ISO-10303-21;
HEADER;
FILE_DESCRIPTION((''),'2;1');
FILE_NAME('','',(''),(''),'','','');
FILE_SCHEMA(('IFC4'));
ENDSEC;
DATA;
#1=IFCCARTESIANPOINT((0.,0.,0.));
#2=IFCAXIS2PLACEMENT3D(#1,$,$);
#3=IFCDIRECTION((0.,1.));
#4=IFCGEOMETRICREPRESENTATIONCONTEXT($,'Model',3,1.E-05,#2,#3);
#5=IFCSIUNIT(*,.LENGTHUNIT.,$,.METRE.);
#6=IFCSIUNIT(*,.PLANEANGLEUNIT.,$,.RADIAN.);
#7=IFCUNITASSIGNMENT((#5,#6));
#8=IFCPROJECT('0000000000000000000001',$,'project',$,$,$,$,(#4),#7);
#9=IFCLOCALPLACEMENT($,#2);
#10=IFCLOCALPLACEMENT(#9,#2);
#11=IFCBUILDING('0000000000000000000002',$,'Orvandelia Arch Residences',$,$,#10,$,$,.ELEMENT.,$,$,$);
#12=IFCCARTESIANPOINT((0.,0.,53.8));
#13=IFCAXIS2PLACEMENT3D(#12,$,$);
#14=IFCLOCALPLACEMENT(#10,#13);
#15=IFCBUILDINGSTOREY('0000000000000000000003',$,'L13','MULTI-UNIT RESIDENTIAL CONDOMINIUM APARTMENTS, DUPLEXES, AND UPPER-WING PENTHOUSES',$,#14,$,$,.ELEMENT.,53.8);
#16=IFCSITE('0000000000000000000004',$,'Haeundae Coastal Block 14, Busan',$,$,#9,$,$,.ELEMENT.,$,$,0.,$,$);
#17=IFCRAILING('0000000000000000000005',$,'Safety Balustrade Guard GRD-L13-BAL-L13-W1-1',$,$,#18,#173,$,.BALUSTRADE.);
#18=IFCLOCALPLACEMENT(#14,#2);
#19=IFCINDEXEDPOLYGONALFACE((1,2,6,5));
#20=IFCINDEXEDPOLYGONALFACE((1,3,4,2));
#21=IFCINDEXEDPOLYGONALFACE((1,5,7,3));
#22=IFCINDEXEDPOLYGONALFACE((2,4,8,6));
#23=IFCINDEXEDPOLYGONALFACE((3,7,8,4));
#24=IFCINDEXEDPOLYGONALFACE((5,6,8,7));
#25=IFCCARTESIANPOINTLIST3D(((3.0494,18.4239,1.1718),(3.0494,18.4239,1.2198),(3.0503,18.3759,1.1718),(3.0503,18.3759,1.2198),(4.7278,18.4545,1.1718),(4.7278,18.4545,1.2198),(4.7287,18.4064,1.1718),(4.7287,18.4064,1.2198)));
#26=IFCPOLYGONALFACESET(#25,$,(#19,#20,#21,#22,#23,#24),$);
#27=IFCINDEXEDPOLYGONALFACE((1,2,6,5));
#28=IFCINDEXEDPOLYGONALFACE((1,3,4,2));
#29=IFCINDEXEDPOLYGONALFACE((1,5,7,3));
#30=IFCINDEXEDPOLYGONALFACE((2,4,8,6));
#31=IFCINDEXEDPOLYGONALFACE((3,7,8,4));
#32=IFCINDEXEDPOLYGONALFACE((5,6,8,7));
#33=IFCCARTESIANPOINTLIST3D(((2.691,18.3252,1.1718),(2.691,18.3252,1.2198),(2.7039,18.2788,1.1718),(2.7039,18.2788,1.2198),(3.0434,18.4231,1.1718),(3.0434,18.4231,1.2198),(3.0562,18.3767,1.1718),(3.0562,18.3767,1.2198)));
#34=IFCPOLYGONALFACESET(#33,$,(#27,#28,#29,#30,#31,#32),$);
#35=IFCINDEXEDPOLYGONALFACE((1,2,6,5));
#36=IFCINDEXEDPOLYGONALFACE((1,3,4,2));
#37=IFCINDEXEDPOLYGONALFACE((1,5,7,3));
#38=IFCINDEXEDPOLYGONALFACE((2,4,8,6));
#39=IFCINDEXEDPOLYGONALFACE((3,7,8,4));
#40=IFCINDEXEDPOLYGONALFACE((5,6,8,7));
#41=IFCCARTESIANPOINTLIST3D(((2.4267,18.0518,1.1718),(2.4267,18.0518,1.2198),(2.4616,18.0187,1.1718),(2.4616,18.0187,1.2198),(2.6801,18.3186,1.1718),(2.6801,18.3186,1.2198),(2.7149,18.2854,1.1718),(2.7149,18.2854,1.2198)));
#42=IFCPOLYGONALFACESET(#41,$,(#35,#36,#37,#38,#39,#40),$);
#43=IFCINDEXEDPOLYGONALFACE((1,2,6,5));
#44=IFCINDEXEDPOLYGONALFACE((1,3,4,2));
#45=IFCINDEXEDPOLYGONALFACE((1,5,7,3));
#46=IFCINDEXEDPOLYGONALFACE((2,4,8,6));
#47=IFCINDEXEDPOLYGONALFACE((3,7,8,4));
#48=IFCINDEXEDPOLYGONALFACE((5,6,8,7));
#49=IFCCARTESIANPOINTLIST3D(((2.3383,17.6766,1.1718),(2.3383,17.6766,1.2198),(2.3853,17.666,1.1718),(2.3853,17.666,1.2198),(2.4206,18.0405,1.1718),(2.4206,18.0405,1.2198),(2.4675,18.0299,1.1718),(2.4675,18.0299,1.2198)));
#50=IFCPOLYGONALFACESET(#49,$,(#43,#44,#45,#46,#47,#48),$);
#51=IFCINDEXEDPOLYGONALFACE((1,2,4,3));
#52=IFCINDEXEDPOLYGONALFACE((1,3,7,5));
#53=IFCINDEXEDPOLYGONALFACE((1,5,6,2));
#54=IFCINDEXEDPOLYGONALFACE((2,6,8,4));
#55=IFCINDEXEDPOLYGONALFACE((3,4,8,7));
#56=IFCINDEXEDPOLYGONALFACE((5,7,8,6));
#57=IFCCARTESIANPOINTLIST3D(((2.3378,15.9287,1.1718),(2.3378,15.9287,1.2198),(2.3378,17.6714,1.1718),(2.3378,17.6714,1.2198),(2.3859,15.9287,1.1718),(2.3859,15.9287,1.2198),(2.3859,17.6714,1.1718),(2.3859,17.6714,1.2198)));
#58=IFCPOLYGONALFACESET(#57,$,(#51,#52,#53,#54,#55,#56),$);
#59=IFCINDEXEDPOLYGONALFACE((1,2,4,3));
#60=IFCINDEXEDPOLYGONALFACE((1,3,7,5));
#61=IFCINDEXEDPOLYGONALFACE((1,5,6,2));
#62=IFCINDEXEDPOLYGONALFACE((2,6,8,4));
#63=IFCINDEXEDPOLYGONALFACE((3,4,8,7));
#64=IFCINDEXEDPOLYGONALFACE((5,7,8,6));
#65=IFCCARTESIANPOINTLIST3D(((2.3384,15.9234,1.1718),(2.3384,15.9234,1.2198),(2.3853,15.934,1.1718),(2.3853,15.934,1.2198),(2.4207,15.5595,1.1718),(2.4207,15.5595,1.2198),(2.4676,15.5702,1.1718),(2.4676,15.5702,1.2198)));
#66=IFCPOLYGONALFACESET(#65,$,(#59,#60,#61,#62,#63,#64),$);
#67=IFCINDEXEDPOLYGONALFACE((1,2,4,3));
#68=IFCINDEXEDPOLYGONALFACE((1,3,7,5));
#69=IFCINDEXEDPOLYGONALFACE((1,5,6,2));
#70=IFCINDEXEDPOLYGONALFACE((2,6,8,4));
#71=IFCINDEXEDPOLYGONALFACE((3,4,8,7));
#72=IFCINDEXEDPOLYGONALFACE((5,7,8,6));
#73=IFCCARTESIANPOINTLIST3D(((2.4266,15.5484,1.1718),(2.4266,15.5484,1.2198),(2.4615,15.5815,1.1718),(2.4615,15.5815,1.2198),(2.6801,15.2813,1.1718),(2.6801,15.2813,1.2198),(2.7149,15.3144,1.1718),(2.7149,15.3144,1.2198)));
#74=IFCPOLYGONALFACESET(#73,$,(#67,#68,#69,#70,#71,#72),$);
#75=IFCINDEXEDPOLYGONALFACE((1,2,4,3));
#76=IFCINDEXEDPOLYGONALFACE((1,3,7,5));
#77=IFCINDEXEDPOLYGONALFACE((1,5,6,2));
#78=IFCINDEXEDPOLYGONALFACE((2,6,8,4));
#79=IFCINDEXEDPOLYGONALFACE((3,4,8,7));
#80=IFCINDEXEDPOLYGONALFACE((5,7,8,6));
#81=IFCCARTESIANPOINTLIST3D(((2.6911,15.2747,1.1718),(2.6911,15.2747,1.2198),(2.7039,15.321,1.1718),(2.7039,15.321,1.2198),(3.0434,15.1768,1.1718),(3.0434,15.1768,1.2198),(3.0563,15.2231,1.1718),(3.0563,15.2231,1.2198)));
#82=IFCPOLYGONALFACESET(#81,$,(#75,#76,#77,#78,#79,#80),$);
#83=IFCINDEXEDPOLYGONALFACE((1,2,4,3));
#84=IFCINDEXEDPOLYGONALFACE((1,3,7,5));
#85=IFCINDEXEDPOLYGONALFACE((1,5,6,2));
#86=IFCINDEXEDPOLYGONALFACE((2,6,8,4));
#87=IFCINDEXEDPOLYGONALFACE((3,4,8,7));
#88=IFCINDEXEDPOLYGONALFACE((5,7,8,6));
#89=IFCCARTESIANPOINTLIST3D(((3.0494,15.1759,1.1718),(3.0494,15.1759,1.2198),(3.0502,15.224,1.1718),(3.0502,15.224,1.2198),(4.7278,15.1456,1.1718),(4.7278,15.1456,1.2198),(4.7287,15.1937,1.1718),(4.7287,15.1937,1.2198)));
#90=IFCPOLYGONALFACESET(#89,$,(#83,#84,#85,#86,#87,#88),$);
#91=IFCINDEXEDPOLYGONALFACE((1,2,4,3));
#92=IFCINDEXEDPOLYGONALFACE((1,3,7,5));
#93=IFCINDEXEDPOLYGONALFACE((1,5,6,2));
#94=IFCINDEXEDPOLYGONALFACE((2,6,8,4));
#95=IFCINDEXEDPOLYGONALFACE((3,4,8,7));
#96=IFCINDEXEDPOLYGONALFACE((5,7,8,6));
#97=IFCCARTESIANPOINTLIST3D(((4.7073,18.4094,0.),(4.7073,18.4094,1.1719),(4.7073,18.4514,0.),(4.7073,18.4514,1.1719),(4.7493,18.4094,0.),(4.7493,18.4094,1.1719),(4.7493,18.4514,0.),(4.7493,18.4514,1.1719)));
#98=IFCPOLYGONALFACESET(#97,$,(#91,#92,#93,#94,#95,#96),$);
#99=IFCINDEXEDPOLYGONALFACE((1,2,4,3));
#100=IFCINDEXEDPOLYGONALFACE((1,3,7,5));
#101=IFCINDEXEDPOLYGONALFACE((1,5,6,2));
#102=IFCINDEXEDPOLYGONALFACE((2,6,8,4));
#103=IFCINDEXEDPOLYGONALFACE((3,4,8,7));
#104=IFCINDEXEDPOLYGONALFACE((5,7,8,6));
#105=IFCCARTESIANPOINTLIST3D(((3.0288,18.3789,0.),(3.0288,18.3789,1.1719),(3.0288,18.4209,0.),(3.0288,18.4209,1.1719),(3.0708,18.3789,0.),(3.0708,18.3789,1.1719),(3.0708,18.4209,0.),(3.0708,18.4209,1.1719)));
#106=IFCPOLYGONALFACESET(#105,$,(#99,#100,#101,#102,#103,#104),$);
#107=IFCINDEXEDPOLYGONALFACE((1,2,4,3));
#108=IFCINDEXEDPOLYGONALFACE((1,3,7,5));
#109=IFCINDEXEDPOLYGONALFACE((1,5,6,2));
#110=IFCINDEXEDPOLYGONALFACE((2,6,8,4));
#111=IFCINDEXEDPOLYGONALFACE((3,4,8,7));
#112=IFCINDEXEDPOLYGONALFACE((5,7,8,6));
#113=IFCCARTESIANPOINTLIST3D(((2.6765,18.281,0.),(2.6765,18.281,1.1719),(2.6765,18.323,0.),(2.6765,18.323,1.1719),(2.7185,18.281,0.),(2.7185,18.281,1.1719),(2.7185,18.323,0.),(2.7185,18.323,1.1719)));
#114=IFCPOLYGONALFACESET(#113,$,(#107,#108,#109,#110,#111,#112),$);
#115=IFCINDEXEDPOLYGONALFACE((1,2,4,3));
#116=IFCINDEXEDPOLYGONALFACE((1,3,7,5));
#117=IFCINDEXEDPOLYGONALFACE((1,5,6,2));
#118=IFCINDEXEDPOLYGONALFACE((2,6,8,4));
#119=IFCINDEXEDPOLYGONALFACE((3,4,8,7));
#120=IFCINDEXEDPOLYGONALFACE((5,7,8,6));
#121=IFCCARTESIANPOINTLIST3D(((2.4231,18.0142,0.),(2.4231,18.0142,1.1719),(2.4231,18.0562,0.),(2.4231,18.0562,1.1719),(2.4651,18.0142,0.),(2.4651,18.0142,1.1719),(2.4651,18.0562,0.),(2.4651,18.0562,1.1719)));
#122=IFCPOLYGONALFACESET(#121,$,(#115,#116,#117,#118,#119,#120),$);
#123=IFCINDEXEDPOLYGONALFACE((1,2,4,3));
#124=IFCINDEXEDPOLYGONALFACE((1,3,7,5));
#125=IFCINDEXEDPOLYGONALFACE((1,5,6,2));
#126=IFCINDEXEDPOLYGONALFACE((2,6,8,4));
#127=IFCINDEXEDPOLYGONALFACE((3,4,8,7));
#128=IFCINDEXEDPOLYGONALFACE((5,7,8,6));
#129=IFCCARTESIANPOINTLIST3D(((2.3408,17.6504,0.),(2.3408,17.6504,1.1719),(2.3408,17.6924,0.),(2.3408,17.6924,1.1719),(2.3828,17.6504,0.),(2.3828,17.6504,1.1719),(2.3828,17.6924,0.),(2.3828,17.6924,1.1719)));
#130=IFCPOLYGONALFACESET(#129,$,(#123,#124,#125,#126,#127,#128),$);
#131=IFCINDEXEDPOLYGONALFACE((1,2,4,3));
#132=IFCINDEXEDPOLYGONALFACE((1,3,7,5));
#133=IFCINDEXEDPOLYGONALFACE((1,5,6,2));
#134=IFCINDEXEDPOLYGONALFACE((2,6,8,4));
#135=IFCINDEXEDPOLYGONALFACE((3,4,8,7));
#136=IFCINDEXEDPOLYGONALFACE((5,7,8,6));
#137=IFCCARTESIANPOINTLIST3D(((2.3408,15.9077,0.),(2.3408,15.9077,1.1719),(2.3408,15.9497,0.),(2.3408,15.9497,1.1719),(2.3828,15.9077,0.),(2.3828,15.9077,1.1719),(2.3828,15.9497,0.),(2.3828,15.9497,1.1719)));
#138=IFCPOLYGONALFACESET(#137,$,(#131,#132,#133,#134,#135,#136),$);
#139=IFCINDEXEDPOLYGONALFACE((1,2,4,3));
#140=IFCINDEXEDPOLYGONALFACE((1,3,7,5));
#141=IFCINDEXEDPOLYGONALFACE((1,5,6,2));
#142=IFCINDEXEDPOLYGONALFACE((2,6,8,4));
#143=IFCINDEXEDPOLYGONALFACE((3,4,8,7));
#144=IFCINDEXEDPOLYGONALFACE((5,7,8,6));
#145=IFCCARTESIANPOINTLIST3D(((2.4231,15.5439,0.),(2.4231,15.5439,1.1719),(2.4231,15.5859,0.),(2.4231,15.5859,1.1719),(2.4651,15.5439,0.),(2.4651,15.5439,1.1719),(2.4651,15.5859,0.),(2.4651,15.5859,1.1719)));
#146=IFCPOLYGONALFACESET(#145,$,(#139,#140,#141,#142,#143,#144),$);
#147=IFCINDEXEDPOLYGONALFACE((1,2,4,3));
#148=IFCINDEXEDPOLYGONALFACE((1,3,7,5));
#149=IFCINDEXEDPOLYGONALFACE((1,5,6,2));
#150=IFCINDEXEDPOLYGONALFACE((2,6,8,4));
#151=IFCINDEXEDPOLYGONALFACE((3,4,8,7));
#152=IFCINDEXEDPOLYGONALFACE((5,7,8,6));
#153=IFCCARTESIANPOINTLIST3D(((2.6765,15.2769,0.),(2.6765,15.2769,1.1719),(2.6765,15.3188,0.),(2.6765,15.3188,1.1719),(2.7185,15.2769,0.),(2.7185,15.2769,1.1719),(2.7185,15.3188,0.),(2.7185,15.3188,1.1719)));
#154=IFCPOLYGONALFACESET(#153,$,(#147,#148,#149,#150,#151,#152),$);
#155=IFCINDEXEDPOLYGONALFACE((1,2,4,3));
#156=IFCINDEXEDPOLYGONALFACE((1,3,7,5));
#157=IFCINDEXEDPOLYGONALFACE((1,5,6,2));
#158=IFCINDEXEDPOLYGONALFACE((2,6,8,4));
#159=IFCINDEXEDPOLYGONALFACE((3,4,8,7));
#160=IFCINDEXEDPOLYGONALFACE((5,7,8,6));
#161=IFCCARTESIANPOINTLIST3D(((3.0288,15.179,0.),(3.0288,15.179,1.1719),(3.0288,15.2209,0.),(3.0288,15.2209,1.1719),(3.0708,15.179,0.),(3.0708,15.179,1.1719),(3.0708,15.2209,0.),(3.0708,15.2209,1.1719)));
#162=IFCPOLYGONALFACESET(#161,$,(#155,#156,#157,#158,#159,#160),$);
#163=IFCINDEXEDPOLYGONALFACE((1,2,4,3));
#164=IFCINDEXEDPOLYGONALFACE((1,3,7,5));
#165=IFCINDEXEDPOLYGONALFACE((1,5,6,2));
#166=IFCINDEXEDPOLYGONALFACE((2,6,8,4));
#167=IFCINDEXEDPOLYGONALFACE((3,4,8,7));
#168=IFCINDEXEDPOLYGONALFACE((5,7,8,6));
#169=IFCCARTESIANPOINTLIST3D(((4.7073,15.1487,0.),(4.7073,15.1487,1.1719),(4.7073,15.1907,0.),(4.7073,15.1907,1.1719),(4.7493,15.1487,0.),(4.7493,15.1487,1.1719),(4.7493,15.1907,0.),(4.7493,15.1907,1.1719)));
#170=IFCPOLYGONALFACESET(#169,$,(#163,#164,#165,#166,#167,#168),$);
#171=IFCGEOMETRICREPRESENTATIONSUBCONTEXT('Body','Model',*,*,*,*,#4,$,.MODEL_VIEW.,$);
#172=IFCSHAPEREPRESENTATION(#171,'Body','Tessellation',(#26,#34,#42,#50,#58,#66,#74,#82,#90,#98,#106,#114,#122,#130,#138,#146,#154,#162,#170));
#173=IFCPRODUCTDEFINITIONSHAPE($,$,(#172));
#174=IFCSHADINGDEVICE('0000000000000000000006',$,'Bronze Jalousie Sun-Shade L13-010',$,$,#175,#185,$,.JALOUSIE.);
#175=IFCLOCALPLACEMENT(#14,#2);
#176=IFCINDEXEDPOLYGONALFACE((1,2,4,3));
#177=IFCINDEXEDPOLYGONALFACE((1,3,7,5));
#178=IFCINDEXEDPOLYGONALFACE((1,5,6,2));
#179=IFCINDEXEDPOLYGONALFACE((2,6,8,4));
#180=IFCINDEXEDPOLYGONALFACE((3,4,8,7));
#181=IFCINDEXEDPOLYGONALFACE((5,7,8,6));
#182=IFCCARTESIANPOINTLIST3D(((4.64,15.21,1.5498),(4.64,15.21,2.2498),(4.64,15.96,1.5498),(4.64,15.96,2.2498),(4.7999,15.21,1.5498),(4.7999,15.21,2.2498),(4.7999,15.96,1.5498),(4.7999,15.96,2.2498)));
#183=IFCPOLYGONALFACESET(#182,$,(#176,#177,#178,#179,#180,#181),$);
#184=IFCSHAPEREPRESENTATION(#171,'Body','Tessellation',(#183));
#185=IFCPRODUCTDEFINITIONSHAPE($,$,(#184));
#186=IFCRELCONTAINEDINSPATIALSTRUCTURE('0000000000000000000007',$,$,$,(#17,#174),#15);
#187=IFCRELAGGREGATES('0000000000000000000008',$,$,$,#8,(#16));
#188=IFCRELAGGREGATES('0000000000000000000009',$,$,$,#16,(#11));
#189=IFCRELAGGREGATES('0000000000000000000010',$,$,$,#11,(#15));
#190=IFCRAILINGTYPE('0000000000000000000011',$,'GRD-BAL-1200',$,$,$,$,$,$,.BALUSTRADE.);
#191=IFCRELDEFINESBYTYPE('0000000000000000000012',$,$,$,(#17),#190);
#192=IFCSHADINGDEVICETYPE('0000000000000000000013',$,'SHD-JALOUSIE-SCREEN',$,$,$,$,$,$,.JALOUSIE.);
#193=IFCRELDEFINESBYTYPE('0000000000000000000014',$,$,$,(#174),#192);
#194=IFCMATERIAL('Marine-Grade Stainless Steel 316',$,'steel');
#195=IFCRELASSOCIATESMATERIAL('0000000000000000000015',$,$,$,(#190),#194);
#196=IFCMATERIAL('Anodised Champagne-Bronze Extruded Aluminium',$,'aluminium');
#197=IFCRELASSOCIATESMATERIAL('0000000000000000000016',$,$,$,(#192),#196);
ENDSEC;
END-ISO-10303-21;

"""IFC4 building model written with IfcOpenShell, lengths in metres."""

from ifc_helpers import new_model, si_unit, direction, frame, origin, origin_2d, place, context, subcontext, project, spatial, rectangle, extrude, material, type_object, element, save


model = new_model("IFC4")

# Units and contexts
model_context = context("Model", 3, precision=1e-05, world=origin(), true_north=direction((0.0, 1.0)))
body_context = subcontext(model_context, "Body", "Model", "MODEL_VIEW")
ifc_project = project(units=[si_unit("LENGTHUNIT", "METRE"), si_unit("PLANEANGLEUNIT", "RADIAN")], contexts=[model_context])

# Site, building, storey
site_placement = place(None, origin())
site = spatial("IfcSite", under=ifc_project, at=site_placement, Name="Haeundae Coastal Block 14, Busan", CompositionType="ELEMENT", RefElevation=0.0)
building_placement = place(site_placement, origin())
building = spatial("IfcBuilding", under=site, at=building_placement, Name="Orvandelia Arch Residences", CompositionType="ELEMENT")
storey_placement = place(building_placement, frame((0.0, 0.0, 53.8)))
storey = spatial("IfcBuildingStorey", under=building, at=storey_placement, Name="L13", Description="MULTI-UNIT RESIDENTIAL CONDOMINIUM APARTMENTS, DUPLEXES, AND UPPER-WING PENTHOUSES", CompositionType="ELEMENT", Elevation=53.8)

# Railing
ifc_material_1 = material(Name="Marine-Grade Stainless Steel 316", Category="steel")
railing_type = type_object("IfcRailingType", Name="GRD-BAL-1200", PredefinedType="BALUSTRADE", material=ifc_material_1)
railing_placement = place(storey_placement, frame((4.7283, 18.4304, 0.0)))
element("IfcRailing", 1, at=railing_placement, inside=storey, type_object=railing_type, Name="Safety Balustrade Guard GRD-L13-BAL-L13-W1-1", PredefinedType="BALUSTRADE", context=body_context, shape_type="SweptSolid", body=[
    extrude(rectangle(XDim=0.0481, YDim=0.0481, at=origin_2d()), frame((0.0, 0.0, 1.1958), z_axis=(-0.999835, -0.018179, 0.0), x_axis=(0.018179, -0.999835, 0.0)), (0.0, 0.0, 1.0), 1.6787),
    extrude(rectangle(XDim=0.0481, YDim=0.0481, at=origin_2d()), frame((-1.6785, -0.0305, 1.1958), z_axis=(-0.963489, -0.267747, 0.0), x_axis=(0.267747, -0.963489, 0.0)), (0.0, 0.0, 1.0), 0.3657),
    extrude(rectangle(XDim=0.0481, YDim=0.0481, at=origin_2d()), frame((-2.0308, -0.1284, 1.1958), z_axis=(-0.688627, -0.725115, 0.0), x_axis=(0.725115, -0.688627, 0.0)), (0.0, 0.0, 1.0), 0.3679),
    extrude(rectangle(XDim=0.0481, YDim=0.0481, at=origin_2d()), frame((-2.2842, -0.3953, 1.1958), z_axis=(-0.220602, -0.975364, 0.0), x_axis=(0.975364, -0.220602, 0.0)), (0.0, 0.0, 1.0), 0.373),
    extrude(rectangle(XDim=0.0481, YDim=0.0481, at=origin_2d()), frame((-2.3665, -0.759, 1.1958), z_axis=(0.0, -1.0, 0.0), x_axis=(1.0, 0.0, 0.0)), (0.0, 0.0, 1.0), 1.7427),
    extrude(rectangle(XDim=0.0481, YDim=0.0481, at=origin_2d()), frame((-2.3665, -2.5017, 1.1958), z_axis=(0.220602, -0.975364, 0.0), x_axis=(0.975364, 0.220602, 0.0)), (0.0, 0.0, 1.0), 0.373),
    extrude(rectangle(XDim=0.0481, YDim=0.0481, at=origin_2d()), frame((-2.2842, -2.8655, 1.1958), z_axis=(0.688296, -0.72543, 0.0), x_axis=(0.72543, 0.688296, 0.0)), (0.0, 0.0, 1.0), 0.3682),
    extrude(rectangle(XDim=0.0481, YDim=0.0481, at=origin_2d()), frame((-2.0308, -3.1326, 1.1958), z_axis=(0.963489, -0.267747, 0.0), x_axis=(0.267747, 0.963489, 0.0)), (0.0, 0.0, 1.0), 0.3657),
    extrude(rectangle(XDim=0.0481, YDim=0.0481, at=origin_2d()), frame((-1.6785, -3.2305, 1.1958), z_axis=(0.999837, -0.018033, 0.0), x_axis=(0.018033, 0.999837, 0.0)), (0.0, 0.0, 1.0), 1.6787),
    extrude(rectangle(XDim=0.042, YDim=0.042, at=origin_2d()), origin(), (0.0, 0.0, 1.0), 1.1719),
    extrude(rectangle(XDim=0.042, YDim=0.042, at=origin_2d()), frame((-1.6785, -0.0305, 0.0)), (0.0, 0.0, 1.0), 1.1719),
    extrude(rectangle(XDim=0.042, YDim=0.042, at=origin_2d()), frame((-2.0308, -0.1284, 0.0)), (0.0, 0.0, 1.0), 1.1719),
    extrude(rectangle(XDim=0.042, YDim=0.042, at=origin_2d()), frame((-2.2842, -0.3953, 0.0)), (0.0, 0.0, 1.0), 1.1719),
    extrude(rectangle(XDim=0.042, YDim=0.042, at=origin_2d()), frame((-2.3665, -0.759, 0.0)), (0.0, 0.0, 1.0), 1.1719),
    extrude(rectangle(XDim=0.042, YDim=0.042, at=origin_2d()), frame((-2.3665, -2.5017, 0.0)), (0.0, 0.0, 1.0), 1.1719),
    extrude(rectangle(XDim=0.042, YDim=0.042, at=origin_2d()), frame((-2.2842, -2.8655, 0.0)), (0.0, 0.0, 1.0), 1.1719),
    extrude(rectangle(XDim=0.042, YDim=0.042, at=origin_2d()), frame((-2.0308, -3.1326, 0.0)), (0.0, 0.0, 1.0), 1.1719),
    extrude(rectangle(XDim=0.042, YDim=0.042, at=origin_2d()), frame((-1.6785, -3.2305, 0.0)), (0.0, 0.0, 1.0), 1.1719),
    extrude(rectangle(XDim=0.042, YDim=0.042, at=origin_2d()), frame((0.0, -3.2607, 0.0)), (0.0, 0.0, 1.0), 1.1719),
])

# Shading device
ifc_material_2 = material(Name="Anodised Champagne-Bronze Extruded Aluminium", Category="aluminium")
shading_device_type = type_object("IfcShadingDeviceType", Name="SHD-JALOUSIE-SCREEN", PredefinedType="JALOUSIE", material=ifc_material_2)
shading_device_placement = place(storey_placement, frame((4.72, 15.585, 1.5498), z_axis=(0.0, 0.0, 1.0), x_axis=(0.0, 1.0, 0.0)))
element("IfcShadingDevice", 2, at=shading_device_placement, inside=storey, type_object=shading_device_type, Name="Bronze Jalousie Sun-Shade L13-010", PredefinedType="JALOUSIE", context=body_context, shape_type="SweptSolid", body=[
    extrude(rectangle(XDim=0.75, YDim=0.1599, at=origin_2d()), origin(), (0.0, 0.0, 1.0), 0.7),
])

save(model, "model.ifc")
